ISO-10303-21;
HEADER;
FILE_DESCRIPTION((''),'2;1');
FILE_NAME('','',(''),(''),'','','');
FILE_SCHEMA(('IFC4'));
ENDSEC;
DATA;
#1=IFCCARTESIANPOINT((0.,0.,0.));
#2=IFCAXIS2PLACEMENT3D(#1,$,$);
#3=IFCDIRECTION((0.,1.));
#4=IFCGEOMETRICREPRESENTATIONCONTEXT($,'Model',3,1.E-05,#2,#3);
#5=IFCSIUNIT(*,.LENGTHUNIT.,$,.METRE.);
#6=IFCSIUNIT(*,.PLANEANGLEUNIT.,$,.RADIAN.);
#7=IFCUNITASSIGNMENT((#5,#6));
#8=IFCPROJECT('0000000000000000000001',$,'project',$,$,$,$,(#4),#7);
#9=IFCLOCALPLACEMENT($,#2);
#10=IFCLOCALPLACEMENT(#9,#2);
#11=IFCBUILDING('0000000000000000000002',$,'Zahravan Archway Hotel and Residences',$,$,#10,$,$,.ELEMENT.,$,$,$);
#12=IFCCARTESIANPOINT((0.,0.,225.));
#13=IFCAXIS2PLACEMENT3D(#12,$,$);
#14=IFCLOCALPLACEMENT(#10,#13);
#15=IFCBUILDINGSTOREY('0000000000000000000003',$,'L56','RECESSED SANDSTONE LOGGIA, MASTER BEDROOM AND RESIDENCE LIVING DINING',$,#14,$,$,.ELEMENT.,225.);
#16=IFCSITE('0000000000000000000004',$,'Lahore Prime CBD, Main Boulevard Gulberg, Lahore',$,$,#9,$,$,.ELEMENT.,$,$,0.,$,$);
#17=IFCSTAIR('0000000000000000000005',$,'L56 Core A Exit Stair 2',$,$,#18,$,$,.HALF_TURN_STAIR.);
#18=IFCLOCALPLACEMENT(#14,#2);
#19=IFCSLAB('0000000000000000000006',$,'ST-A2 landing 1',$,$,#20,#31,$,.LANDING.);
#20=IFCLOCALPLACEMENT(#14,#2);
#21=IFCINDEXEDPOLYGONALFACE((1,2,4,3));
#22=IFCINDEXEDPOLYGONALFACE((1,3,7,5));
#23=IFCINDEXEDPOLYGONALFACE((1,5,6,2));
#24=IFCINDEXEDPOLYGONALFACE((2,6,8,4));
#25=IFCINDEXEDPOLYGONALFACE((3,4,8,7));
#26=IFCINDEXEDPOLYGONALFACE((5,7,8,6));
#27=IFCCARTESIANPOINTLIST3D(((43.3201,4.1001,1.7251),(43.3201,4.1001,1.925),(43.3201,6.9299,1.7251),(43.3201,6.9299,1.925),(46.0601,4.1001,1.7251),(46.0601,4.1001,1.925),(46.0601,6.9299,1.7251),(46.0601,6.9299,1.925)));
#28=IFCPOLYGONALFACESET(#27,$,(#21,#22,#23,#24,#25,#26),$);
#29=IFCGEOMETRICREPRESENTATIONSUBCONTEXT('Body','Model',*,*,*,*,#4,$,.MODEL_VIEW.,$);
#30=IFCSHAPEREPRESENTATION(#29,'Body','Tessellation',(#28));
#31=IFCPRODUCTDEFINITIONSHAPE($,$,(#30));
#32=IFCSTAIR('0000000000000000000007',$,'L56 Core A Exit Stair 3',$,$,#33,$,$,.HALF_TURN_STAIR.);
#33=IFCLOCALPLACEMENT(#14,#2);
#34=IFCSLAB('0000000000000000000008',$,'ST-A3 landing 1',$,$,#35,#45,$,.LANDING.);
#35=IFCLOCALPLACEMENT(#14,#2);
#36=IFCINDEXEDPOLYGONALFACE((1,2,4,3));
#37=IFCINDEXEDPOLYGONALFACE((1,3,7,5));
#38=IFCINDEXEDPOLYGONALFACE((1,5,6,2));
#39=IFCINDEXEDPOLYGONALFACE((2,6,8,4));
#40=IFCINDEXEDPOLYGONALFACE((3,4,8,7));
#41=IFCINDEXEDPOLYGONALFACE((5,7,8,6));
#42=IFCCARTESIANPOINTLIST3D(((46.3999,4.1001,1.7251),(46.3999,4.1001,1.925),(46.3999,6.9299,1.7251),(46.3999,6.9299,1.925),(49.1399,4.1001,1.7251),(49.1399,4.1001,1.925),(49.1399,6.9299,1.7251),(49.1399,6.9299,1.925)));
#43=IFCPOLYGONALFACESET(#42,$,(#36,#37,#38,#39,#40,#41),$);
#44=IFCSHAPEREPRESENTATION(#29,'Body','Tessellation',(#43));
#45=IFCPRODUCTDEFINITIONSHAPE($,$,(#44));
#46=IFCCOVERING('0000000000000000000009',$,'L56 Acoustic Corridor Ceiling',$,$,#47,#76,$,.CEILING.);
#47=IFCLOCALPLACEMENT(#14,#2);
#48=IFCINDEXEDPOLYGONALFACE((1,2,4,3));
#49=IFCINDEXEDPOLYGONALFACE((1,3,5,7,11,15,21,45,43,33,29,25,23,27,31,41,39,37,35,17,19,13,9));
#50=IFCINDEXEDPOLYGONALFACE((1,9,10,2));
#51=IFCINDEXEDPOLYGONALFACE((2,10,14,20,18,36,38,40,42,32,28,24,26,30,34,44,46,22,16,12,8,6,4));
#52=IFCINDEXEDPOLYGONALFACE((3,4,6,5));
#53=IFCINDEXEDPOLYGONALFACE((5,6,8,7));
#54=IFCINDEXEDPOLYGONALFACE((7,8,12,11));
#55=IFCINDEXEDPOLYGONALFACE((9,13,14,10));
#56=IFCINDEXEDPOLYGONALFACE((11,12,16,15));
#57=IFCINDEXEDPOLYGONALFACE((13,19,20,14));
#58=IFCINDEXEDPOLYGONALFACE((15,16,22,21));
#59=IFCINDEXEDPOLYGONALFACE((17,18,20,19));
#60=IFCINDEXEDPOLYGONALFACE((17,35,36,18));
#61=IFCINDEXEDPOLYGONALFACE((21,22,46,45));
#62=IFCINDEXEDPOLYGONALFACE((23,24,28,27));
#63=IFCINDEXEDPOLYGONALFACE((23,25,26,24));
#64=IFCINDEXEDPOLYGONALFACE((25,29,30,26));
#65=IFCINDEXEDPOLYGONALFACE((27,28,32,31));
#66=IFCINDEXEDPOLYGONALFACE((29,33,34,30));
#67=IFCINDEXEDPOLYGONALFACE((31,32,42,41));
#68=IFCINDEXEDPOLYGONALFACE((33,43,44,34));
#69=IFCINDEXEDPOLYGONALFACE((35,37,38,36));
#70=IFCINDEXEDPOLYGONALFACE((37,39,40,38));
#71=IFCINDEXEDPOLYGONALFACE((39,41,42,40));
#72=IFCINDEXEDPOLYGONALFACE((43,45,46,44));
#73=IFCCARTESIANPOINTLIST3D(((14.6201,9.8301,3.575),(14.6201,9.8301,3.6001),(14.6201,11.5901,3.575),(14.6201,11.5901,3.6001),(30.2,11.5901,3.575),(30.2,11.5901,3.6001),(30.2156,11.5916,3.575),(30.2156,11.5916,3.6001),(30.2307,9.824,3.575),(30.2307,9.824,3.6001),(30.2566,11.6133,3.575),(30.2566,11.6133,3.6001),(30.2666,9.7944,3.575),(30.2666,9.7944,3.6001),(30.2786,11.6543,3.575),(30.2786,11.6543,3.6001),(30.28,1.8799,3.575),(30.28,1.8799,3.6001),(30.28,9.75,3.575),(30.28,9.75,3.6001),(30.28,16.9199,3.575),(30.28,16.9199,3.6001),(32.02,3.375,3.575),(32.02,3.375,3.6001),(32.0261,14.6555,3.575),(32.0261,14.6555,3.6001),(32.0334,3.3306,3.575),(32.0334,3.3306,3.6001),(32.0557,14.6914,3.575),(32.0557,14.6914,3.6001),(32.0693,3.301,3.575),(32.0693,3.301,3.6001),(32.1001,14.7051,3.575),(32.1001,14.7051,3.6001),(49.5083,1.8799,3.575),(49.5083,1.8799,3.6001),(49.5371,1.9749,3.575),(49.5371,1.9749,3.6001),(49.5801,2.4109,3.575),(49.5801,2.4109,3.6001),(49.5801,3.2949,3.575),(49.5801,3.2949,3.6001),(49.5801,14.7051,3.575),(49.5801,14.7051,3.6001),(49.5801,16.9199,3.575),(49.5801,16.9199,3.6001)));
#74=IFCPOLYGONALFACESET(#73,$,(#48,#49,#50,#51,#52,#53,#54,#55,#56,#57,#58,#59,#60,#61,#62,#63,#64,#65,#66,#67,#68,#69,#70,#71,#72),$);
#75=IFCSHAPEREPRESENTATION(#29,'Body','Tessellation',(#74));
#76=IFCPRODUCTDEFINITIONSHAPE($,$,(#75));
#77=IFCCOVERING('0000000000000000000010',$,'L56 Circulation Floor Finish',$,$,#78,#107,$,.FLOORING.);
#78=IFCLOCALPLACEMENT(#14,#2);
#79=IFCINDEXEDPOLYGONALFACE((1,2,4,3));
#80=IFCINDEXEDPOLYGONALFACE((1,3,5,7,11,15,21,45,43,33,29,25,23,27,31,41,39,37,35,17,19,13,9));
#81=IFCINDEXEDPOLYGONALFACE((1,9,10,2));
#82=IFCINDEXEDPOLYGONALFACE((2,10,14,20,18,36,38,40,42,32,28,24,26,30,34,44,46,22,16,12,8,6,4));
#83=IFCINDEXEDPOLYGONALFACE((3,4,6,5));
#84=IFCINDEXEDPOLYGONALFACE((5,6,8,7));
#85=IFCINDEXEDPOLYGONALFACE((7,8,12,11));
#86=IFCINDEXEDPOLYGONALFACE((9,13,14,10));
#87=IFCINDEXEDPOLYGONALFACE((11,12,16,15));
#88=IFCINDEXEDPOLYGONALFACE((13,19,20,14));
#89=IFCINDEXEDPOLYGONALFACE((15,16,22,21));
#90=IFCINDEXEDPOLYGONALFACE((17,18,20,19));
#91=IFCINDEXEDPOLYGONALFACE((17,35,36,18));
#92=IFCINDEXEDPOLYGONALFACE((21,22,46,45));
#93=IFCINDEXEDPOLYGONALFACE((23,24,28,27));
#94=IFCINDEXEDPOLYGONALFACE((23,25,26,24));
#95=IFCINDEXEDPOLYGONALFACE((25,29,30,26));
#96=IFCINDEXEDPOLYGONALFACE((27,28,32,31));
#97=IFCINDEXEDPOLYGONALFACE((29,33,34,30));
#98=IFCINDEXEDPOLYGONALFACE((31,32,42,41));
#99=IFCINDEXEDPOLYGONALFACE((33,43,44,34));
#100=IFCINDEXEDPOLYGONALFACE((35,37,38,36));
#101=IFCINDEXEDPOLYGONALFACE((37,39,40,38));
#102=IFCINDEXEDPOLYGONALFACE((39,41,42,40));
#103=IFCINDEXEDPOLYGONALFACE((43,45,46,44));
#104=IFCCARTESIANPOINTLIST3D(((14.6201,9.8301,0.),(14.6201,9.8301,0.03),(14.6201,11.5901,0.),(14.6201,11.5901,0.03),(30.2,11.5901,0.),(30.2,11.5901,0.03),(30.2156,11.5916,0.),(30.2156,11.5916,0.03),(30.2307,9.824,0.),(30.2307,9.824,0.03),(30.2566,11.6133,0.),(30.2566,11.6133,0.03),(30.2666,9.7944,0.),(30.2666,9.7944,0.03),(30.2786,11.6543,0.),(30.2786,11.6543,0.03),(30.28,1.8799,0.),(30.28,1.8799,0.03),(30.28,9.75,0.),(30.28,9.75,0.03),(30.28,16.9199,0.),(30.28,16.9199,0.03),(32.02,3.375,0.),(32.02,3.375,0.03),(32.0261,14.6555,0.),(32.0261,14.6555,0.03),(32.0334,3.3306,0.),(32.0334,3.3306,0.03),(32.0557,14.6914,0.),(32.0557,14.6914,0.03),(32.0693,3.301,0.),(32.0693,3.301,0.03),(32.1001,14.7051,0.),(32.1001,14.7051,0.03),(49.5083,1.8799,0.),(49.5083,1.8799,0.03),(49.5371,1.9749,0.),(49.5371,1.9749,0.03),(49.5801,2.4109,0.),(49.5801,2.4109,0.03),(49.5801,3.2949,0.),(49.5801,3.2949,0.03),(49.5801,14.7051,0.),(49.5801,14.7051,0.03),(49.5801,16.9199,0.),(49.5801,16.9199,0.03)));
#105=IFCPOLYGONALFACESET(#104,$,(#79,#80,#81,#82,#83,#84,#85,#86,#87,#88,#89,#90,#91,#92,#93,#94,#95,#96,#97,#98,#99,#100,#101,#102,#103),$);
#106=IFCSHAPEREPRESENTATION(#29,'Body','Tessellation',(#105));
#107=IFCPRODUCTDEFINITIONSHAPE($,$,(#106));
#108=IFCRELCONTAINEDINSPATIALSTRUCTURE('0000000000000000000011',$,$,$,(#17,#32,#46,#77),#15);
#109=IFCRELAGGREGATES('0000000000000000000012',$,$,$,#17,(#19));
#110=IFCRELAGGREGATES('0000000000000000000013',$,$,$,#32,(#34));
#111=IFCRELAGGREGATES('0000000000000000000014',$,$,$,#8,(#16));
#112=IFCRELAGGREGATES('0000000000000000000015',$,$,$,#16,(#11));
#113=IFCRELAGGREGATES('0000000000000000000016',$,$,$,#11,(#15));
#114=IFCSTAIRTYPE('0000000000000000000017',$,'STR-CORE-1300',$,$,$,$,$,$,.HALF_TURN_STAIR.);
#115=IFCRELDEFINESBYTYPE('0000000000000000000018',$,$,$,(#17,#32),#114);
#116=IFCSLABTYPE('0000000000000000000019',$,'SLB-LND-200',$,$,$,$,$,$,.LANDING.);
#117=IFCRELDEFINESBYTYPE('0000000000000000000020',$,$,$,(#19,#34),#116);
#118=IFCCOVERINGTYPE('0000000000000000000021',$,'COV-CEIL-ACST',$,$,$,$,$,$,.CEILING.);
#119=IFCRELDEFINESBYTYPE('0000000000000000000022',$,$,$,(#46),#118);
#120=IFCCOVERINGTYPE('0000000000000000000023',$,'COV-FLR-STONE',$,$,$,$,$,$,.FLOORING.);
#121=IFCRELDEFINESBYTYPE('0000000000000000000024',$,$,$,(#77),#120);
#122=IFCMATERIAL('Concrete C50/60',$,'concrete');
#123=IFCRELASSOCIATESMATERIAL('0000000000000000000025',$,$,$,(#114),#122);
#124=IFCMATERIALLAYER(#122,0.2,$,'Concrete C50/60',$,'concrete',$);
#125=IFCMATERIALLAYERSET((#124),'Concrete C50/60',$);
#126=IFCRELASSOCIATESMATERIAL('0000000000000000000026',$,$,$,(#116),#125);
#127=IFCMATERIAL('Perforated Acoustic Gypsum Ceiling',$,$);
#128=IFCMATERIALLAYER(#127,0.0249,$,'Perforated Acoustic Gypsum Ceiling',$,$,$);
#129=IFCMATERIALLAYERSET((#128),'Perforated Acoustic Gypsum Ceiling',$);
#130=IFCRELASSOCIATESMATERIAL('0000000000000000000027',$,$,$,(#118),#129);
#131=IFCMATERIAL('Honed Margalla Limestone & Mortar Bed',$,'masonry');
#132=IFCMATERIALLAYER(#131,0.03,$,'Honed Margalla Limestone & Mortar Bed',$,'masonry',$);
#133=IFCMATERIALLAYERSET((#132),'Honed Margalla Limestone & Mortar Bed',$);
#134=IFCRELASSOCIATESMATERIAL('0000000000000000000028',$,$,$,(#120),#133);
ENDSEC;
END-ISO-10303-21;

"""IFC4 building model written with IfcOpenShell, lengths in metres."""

from ifc_helpers import new_model, si_unit, direction, frame, origin, place, context, subcontext, project, spatial, polyline, outline, extrude, material, layer, layer_set, type_object, element, aggregate, save


model = new_model("IFC4")

# Units and contexts
model_context = context("Model", 3, precision=1e-05, world=origin(), true_north=direction((0.0, 1.0)))
body_context = subcontext(model_context, "Body", "Model", "MODEL_VIEW")
ifc_project = project(units=[si_unit("LENGTHUNIT", "METRE"), si_unit("PLANEANGLEUNIT", "RADIAN")], contexts=[model_context])

# Site, building, storey
site_placement = place(None, origin())
site = spatial("IfcSite", under=ifc_project, at=site_placement, Name="Lahore Prime CBD, Main Boulevard Gulberg, Lahore", CompositionType="ELEMENT", RefElevation=0.0)
building_placement = place(site_placement, origin())
building = spatial("IfcBuilding", under=site, at=building_placement, Name="Zahravan Archway Hotel and Residences", CompositionType="ELEMENT")
storey_placement = place(building_placement, frame((0.0, 0.0, 225.0)))
storey = spatial("IfcBuildingStorey", under=building, at=storey_placement, Name="L56", Description="RECESSED SANDSTONE LOGGIA, MASTER BEDROOM AND RESIDENCE LIVING DINING", CompositionType="ELEMENT", Elevation=225.0)

# Stairs, slabs
ifc_material_1 = material(Name="Concrete C50/60", Category="concrete")
stair_type = type_object("IfcStairType", Name="STR-CORE-1300", PredefinedType="HALF_TURN_STAIR", material=ifc_material_1)
ifc_layer_1 = layer(ifc_material_1, 0.2, Name="Concrete C50/60", Category="concrete")
ifc_layer_set_1 = layer_set([ifc_layer_1], Name="Concrete C50/60")
slab_type_1 = type_object("IfcSlabType", Name="SLB-LND-200", PredefinedType="LANDING", material=ifc_layer_set_1)
stair_1_placement = place(storey_placement, origin())
stair_1 = element("IfcStair", 1, at=stair_1_placement, inside=storey, type_object=stair_type, Name="L56 Core A Exit Stair 2", PredefinedType="HALF_TURN_STAIR")
slab_1_placement = place(storey_placement, frame((0.0, 0.0, 1.7251)))
slab_1 = element("IfcSlab", 2, at=slab_1_placement, type_object=slab_type_1, Name="ST-A2 landing 1", PredefinedType="LANDING", context=body_context, shape_type="SweptSolid", body=[
    extrude(outline(polyline([(43.3201, 6.9299), (43.3201, 4.1001), (46.0601, 4.1001), (46.0601, 6.9299), (43.3201, 6.9299)])), origin(), (0.0, 0.0, 1.0), 0.2),
])
aggregate(stair_1, [slab_1])
stair_2_placement = place(storey_placement, origin())
stair_2 = element("IfcStair", 3, at=stair_2_placement, inside=storey, type_object=stair_type, Name="L56 Core A Exit Stair 3", PredefinedType="HALF_TURN_STAIR")
slab_2_placement = place(storey_placement, frame((0.0, 0.0, 1.7251)))
slab_2 = element("IfcSlab", 4, at=slab_2_placement, type_object=slab_type_1, Name="ST-A3 landing 1", PredefinedType="LANDING", context=body_context, shape_type="SweptSolid", body=[
    extrude(outline(polyline([(46.3999, 6.9299), (46.3999, 4.1001), (49.1399, 4.1001), (49.1399, 6.9299), (46.3999, 6.9299)])), origin(), (0.0, 0.0, 1.0), 0.2),
])
aggregate(stair_2, [slab_2])

# Coverings
ifc_material_2 = material(Name="Perforated Acoustic Gypsum Ceiling")
ifc_layer_2 = layer(ifc_material_2, 0.0249, Name="Perforated Acoustic Gypsum Ceiling")
ifc_layer_set_2 = layer_set([ifc_layer_2], Name="Perforated Acoustic Gypsum Ceiling")
covering_type_1 = type_object("IfcCoveringType", Name="COV-CEIL-ACST", PredefinedType="CEILING", material=ifc_layer_set_2)
covering_1_placement = place(storey_placement, frame((0.0, 0.0, 3.575)))
element("IfcCovering", 5, at=covering_1_placement, inside=storey, type_object=covering_type_1, Name="L56 Acoustic Corridor Ceiling", PredefinedType="CEILING", context=body_context, shape_type="SweptSolid", body=[
    extrude(outline(polyline([(30.2156, 11.5916), (30.2566, 11.6133), (30.2786, 11.6543), (30.28, 16.9199), (49.5801, 16.9199), (49.5801, 14.7051), (32.1001, 14.7051), (32.0557, 14.6914), (32.0261, 14.6555), (32.02, 3.375), (32.0334, 3.3306), (32.0693, 3.301), (49.5801, 3.2949), (49.5801, 2.4109), (49.5371, 1.9749), (49.5083, 1.8799), (30.28, 1.8799), (30.28, 9.75), (30.2666, 9.7944), (30.2307, 9.824), (14.6201, 9.8301), (14.6201, 11.5901), (30.2, 11.5901), (30.2156, 11.5916)])), origin(), (0.0, 0.0, 1.0), 0.0251),
])
ifc_material_3 = material(Name="Honed Margalla Limestone & Mortar Bed", Category="masonry")
ifc_layer_3 = layer(ifc_material_3, 0.03, Name="Honed Margalla Limestone & Mortar Bed", Category="masonry")
ifc_layer_set_3 = layer_set([ifc_layer_3], Name="Honed Margalla Limestone & Mortar Bed")
covering_type_2 = type_object("IfcCoveringType", Name="COV-FLR-STONE", PredefinedType="FLOORING", material=ifc_layer_set_3)
covering_2_placement = place(storey_placement, origin())
element("IfcCovering", 6, at=covering_2_placement, inside=storey, type_object=covering_type_2, Name="L56 Circulation Floor Finish", PredefinedType="FLOORING", context=body_context, shape_type="SweptSolid", body=[
    extrude(outline(polyline([(30.2156, 11.5916), (30.2566, 11.6133), (30.2786, 11.6543), (30.28, 16.9199), (49.5801, 16.9199), (49.5801, 14.7051), (32.1001, 14.7051), (32.0557, 14.6914), (32.0261, 14.6555), (32.02, 3.375), (32.0334, 3.3306), (32.0693, 3.301), (49.5801, 3.2949), (49.5801, 2.4109), (49.5371, 1.9749), (49.5083, 1.8799), (30.28, 1.8799), (30.28, 9.75), (30.2666, 9.7944), (30.2307, 9.824), (14.6201, 9.8301), (14.6201, 11.5901), (30.2, 11.5901), (30.2156, 11.5916)])), origin(), (0.0, 0.0, 1.0), 0.03),
])

save(model, "model.ifc")
